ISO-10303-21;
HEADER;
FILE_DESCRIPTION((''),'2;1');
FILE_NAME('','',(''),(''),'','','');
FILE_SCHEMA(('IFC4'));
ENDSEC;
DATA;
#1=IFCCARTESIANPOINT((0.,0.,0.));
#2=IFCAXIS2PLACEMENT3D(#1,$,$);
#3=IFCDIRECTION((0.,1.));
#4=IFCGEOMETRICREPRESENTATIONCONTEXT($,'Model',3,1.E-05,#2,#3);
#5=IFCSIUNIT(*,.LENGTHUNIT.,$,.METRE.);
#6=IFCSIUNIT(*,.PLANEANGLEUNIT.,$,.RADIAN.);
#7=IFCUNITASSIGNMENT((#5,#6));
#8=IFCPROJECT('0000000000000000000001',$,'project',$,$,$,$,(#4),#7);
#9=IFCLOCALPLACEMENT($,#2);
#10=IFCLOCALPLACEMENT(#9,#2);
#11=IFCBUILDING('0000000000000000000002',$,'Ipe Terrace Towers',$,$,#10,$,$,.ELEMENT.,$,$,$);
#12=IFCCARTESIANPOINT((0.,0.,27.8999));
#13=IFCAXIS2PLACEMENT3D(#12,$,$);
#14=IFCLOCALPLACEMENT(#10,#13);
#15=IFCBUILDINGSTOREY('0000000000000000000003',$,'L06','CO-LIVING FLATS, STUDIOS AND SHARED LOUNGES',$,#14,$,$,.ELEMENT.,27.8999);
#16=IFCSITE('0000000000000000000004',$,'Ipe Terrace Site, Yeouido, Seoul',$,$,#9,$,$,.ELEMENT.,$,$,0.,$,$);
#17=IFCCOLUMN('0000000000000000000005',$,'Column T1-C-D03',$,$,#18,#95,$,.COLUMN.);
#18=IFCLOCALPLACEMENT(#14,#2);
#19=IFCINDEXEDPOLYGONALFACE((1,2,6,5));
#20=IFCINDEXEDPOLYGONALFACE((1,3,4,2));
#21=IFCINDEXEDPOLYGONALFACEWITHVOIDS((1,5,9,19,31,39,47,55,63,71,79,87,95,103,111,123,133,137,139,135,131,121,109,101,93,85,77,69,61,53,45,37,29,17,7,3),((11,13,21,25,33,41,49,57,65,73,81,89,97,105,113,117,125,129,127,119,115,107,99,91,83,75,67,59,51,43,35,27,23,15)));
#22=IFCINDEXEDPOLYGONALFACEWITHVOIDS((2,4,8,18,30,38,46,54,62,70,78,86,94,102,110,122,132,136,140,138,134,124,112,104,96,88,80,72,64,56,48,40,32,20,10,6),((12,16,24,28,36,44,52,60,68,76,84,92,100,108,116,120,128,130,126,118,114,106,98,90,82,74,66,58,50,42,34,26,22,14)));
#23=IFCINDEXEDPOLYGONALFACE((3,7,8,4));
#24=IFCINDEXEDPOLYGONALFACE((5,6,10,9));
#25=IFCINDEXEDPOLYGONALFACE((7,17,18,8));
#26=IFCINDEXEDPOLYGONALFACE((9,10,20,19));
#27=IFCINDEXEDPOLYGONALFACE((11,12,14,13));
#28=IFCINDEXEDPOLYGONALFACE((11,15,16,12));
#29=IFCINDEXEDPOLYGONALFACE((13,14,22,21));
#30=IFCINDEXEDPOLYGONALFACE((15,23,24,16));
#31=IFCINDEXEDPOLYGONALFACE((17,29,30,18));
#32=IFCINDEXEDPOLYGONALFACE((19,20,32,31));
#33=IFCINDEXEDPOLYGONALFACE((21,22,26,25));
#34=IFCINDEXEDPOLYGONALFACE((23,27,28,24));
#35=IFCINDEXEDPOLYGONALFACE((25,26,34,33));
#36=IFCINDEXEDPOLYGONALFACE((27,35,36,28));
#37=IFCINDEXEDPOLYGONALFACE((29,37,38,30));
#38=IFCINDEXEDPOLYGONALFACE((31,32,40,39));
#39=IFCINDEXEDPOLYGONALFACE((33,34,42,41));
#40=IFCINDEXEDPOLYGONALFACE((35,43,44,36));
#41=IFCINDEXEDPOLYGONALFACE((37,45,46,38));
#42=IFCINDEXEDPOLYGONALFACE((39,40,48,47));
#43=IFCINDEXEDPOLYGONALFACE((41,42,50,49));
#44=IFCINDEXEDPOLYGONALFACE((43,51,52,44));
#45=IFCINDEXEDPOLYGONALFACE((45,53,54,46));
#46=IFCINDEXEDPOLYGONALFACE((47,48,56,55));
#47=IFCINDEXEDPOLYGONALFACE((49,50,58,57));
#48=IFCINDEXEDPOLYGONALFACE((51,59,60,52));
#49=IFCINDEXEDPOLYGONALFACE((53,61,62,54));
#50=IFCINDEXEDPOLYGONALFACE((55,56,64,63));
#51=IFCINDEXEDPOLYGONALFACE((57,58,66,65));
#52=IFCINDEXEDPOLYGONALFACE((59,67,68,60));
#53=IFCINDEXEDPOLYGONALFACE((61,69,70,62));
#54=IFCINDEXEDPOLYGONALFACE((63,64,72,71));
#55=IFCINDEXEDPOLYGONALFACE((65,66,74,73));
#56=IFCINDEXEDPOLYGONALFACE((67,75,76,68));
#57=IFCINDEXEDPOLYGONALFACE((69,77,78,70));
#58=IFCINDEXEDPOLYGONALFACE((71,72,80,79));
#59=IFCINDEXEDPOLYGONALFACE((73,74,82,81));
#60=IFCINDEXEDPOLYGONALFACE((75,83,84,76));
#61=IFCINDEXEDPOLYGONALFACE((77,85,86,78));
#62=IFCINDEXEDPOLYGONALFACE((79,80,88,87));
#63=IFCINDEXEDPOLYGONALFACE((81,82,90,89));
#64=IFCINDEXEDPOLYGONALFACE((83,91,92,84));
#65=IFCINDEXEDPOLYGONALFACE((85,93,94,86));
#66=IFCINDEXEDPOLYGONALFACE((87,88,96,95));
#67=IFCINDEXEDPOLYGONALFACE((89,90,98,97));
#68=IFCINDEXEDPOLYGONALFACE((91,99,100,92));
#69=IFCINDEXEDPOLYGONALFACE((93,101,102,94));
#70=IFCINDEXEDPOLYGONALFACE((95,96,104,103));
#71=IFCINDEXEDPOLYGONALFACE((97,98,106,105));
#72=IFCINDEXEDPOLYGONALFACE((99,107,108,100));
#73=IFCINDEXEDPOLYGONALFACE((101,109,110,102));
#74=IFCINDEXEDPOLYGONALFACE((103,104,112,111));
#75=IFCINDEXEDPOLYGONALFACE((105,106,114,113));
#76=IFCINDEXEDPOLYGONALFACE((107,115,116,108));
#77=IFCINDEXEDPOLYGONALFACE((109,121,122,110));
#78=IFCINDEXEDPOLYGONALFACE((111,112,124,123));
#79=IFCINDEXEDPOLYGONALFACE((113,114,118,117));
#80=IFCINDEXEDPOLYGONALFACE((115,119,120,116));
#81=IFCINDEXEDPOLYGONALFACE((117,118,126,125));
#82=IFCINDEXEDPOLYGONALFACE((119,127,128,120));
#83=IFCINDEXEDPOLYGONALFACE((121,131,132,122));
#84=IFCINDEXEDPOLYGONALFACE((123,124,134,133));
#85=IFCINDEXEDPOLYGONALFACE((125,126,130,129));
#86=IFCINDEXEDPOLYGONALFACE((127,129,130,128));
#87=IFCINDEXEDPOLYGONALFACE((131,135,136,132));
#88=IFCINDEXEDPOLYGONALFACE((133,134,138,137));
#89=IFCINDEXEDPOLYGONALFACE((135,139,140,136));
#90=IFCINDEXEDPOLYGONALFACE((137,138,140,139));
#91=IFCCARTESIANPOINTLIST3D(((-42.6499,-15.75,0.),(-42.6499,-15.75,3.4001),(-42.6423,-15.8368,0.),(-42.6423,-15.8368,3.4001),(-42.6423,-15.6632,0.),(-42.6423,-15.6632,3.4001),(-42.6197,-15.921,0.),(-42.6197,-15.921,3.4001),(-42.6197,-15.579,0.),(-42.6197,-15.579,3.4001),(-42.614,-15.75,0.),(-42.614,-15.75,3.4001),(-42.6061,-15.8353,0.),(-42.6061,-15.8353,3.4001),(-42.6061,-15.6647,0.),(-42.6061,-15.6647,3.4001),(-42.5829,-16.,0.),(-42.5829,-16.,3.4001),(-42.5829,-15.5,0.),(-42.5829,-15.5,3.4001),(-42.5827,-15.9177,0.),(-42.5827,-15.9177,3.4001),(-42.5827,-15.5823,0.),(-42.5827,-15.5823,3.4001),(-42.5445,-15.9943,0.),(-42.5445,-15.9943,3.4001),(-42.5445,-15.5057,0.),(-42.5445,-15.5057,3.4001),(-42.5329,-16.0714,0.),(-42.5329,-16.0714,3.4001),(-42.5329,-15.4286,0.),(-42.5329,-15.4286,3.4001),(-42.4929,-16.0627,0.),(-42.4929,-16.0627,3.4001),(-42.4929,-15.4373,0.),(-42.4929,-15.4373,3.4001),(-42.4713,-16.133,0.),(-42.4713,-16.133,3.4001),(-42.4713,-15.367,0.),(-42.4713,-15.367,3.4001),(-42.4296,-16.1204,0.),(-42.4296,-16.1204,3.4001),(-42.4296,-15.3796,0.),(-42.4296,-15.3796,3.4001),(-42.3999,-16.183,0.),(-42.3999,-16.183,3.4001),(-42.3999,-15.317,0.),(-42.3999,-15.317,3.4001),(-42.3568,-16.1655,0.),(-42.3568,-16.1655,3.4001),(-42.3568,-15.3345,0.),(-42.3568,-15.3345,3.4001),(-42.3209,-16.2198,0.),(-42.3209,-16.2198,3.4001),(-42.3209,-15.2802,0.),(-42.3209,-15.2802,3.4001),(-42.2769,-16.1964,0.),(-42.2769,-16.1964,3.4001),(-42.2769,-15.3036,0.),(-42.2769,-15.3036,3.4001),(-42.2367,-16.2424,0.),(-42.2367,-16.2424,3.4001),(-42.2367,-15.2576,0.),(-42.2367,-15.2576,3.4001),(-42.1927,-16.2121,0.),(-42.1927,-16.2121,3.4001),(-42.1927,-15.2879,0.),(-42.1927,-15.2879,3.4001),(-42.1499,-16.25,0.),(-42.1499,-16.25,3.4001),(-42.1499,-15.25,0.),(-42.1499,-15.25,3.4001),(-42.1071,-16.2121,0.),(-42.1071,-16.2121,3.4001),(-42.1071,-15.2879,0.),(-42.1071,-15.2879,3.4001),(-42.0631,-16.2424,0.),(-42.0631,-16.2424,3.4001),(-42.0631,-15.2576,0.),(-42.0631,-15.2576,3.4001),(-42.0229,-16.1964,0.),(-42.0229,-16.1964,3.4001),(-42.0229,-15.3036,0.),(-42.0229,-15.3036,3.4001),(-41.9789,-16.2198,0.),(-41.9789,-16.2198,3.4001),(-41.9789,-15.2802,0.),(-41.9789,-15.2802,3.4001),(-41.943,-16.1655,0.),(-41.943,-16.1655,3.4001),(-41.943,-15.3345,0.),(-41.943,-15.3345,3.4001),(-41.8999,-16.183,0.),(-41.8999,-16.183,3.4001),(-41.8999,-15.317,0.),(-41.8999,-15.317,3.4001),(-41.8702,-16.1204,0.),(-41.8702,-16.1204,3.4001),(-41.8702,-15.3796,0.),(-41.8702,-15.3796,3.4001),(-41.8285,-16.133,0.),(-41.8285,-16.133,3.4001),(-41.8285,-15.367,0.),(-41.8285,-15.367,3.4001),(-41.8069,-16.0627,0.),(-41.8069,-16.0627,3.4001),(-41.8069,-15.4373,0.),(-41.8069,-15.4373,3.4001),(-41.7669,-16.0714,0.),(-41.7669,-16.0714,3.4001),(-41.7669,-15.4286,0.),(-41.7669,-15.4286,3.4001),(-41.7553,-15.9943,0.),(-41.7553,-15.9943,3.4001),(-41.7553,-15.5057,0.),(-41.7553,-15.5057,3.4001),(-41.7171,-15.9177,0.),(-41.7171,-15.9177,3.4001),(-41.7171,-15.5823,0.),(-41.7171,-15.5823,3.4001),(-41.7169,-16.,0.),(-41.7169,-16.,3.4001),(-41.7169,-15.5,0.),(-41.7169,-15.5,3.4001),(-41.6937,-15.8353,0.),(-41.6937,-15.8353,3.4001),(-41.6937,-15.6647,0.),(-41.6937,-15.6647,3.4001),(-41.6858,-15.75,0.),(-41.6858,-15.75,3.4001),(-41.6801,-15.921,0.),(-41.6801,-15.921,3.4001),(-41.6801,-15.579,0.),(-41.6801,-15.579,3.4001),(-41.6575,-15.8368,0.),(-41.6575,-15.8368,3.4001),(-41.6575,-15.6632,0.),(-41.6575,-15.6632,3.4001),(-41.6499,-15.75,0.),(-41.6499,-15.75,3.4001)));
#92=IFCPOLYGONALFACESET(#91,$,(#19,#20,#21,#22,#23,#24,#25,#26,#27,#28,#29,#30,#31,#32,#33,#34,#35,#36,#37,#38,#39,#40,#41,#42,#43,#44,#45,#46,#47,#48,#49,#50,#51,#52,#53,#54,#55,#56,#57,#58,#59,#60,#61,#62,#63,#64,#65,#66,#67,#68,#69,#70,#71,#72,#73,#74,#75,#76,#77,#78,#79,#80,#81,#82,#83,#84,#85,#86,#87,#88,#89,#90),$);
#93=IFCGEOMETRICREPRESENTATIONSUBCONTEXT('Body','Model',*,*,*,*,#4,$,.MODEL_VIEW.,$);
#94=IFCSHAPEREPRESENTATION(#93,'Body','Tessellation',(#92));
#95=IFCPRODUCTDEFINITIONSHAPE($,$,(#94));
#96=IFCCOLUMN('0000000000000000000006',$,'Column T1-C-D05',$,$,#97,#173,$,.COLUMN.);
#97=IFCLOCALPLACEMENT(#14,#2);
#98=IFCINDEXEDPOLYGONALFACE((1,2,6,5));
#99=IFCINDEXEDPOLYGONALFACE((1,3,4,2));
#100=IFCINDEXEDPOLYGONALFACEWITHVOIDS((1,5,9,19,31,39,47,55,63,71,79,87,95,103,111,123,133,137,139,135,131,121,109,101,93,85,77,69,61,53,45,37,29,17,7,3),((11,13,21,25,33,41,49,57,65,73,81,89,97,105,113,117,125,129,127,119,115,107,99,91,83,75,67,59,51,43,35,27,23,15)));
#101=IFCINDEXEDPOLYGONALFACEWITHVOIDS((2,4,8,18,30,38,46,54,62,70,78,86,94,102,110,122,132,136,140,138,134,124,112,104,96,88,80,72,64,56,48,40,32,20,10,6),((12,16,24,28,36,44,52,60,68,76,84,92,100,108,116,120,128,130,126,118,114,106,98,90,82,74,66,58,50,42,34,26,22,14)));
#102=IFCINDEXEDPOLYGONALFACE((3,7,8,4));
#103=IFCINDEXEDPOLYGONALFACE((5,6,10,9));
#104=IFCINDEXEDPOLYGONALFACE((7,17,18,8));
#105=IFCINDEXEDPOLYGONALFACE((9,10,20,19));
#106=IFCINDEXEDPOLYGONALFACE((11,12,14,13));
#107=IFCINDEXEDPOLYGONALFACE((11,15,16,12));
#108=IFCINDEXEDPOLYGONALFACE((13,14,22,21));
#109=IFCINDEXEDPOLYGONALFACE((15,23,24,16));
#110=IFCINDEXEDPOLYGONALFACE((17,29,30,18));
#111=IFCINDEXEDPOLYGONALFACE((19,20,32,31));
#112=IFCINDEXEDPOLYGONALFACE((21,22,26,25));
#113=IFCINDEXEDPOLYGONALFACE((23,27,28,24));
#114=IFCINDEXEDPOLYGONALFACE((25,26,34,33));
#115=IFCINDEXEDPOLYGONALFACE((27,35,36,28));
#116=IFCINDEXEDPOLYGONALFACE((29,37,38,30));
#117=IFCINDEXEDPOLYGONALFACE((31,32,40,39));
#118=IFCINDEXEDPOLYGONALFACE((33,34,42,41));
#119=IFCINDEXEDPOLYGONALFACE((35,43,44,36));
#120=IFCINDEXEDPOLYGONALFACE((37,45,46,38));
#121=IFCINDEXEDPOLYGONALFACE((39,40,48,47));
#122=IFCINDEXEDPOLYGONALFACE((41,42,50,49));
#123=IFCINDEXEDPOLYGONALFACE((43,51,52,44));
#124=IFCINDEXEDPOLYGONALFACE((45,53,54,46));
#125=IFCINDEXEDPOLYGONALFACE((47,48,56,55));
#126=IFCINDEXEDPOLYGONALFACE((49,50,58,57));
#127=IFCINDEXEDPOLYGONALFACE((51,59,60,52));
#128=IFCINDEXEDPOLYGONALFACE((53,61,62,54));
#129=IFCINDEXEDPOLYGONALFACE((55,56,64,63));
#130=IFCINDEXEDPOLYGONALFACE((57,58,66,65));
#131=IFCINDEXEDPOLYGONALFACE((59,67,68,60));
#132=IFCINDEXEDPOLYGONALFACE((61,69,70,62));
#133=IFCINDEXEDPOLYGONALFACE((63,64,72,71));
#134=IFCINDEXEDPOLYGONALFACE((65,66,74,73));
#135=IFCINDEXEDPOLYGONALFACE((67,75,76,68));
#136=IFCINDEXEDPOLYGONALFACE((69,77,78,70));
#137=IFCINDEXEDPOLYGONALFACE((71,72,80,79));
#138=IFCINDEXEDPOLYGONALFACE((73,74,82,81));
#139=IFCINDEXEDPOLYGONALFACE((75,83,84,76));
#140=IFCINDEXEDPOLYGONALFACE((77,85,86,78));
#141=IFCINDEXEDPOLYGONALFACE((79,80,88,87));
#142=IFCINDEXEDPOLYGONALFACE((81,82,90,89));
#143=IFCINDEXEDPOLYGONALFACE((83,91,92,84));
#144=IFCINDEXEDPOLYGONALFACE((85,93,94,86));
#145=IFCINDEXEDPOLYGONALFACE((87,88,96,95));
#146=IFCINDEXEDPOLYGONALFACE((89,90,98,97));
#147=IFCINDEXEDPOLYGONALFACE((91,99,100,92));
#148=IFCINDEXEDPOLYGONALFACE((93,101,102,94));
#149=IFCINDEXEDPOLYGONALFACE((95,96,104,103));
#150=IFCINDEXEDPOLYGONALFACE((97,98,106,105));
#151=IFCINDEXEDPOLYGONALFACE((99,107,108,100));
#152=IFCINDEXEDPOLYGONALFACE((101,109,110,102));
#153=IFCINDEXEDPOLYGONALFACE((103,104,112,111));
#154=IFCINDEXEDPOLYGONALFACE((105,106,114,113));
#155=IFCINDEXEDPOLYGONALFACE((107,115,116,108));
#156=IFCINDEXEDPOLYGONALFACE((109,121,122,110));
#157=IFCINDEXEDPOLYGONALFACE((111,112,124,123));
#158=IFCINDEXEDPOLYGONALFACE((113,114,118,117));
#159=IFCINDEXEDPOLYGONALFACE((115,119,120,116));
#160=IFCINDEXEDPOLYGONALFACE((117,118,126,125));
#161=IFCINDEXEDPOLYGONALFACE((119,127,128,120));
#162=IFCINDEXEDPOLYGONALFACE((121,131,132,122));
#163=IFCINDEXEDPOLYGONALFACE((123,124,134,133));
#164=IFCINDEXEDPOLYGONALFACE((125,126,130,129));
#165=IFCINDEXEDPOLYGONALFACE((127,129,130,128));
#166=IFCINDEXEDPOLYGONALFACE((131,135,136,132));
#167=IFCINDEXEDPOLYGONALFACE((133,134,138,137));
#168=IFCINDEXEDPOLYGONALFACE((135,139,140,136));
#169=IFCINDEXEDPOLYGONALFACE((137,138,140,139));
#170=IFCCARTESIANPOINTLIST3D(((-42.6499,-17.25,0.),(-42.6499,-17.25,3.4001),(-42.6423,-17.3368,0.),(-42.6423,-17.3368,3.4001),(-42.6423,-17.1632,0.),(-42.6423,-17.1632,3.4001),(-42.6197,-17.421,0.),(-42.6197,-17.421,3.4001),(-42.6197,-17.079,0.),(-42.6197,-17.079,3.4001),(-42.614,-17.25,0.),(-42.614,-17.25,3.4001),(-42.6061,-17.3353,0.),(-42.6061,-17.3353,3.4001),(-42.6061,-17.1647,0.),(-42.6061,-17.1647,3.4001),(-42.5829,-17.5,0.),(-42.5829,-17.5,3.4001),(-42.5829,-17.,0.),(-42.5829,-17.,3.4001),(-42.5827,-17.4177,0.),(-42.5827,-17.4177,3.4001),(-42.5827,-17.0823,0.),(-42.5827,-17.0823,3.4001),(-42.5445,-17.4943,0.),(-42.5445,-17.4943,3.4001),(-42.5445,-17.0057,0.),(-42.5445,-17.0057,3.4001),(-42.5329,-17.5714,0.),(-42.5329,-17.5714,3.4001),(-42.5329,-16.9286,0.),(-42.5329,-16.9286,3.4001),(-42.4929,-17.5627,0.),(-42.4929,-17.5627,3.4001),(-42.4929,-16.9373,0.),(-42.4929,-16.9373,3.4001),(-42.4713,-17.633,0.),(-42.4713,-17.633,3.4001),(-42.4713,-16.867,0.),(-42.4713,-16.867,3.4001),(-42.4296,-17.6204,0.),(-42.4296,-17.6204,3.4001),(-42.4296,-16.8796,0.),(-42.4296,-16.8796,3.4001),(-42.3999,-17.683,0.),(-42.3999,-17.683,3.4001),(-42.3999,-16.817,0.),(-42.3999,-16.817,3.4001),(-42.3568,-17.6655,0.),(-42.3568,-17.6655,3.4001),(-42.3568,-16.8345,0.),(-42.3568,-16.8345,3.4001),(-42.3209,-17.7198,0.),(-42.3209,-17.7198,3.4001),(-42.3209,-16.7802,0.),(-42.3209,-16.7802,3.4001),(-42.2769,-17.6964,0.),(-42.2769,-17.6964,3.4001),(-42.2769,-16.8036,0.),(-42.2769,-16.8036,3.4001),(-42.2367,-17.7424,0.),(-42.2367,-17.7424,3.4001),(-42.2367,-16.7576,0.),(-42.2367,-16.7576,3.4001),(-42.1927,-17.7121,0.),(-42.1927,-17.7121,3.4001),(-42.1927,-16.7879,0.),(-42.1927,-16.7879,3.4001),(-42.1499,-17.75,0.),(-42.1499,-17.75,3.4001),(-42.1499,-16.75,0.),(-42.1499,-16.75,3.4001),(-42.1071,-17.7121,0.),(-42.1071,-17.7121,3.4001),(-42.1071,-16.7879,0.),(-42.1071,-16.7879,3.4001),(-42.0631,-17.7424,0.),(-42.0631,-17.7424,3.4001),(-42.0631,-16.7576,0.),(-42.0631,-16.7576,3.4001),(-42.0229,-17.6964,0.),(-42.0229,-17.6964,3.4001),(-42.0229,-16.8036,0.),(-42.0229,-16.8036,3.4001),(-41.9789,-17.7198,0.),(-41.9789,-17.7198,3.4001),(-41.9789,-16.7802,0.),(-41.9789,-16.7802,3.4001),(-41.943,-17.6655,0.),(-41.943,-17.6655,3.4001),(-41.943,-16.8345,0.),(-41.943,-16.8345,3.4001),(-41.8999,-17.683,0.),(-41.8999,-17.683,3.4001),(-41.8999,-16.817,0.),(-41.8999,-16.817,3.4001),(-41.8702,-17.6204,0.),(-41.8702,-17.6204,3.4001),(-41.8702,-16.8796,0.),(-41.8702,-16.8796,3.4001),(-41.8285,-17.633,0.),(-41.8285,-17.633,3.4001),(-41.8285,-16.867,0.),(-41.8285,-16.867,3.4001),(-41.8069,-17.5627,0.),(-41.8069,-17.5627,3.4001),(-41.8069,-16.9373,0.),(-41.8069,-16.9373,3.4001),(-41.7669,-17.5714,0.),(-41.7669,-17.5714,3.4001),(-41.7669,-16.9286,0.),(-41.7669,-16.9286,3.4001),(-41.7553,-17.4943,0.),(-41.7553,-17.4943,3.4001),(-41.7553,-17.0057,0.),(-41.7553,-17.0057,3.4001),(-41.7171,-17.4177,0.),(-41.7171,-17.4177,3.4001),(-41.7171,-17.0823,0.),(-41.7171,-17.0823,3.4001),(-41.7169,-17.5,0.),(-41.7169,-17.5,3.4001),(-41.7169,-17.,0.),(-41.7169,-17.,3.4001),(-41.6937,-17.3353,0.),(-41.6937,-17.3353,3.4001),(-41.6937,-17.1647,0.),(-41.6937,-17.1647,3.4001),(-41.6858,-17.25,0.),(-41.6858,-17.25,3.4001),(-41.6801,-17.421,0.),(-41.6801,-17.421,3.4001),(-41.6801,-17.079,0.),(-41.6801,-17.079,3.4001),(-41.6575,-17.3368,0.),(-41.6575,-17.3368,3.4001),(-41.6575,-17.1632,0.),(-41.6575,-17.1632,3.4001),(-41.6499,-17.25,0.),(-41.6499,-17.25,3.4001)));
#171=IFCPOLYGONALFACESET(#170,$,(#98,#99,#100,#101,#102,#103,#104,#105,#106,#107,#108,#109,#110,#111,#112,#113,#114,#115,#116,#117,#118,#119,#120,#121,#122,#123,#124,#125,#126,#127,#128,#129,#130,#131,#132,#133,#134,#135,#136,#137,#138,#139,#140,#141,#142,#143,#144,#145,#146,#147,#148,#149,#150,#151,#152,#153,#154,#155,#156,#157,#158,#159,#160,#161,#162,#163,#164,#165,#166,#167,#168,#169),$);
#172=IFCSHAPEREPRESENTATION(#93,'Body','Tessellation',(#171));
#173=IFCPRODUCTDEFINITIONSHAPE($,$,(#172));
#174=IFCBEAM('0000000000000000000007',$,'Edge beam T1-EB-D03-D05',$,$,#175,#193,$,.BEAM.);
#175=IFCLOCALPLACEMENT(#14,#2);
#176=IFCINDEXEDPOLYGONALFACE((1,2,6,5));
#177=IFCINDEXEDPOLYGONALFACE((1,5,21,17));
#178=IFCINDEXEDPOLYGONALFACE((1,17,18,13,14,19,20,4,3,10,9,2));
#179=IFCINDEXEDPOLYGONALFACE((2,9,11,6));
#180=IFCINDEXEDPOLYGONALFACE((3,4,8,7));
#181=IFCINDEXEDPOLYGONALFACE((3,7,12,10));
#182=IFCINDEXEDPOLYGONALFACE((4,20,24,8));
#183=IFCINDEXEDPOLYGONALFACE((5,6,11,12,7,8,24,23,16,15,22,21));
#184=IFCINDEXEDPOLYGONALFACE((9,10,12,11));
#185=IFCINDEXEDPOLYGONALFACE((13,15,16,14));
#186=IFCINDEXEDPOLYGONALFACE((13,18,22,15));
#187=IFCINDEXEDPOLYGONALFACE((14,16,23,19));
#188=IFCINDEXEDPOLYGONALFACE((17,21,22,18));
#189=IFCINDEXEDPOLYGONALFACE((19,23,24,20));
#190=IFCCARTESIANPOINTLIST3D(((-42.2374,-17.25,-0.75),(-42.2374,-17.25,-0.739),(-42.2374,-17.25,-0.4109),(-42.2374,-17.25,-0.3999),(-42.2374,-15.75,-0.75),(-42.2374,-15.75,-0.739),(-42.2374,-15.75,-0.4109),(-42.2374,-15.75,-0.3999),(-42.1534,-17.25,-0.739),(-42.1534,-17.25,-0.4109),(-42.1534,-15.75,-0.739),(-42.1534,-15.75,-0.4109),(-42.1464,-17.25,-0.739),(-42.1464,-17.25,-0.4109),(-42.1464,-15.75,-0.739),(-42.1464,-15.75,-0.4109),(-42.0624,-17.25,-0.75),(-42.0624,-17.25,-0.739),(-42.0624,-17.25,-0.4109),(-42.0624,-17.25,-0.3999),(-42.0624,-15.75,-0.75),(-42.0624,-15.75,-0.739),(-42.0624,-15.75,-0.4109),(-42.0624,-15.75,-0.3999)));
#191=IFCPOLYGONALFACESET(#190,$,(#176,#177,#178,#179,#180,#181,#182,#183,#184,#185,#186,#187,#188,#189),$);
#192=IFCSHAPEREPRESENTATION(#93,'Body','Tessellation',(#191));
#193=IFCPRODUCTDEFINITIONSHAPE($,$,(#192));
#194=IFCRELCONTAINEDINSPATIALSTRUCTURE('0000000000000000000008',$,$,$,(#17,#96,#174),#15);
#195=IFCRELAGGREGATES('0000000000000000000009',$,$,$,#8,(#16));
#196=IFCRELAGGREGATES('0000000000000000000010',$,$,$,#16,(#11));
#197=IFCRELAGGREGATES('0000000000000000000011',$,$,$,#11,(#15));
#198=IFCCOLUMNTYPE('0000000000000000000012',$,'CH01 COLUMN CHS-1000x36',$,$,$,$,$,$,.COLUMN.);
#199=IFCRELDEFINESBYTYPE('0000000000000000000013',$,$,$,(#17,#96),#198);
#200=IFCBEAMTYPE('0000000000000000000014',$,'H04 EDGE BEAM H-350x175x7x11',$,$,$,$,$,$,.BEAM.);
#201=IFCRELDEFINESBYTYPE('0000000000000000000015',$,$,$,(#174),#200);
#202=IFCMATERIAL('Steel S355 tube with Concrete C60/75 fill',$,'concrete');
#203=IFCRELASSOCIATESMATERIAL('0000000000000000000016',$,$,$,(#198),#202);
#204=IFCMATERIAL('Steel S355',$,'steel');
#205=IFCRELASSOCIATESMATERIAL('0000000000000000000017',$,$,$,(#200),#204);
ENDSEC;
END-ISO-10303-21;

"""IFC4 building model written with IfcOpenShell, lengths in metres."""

from ifc_helpers import new_model, si_unit, direction, frame, origin, origin_2d, place, context, subcontext, project, spatial, hollow_circle, i_section, extrude, material, material_profile, profile_set, type_object, element, save


model = new_model("IFC4")

# Units and contexts
model_context = context("Model", 3, precision=1e-05, world=origin(), true_north=direction((0.0, 1.0)))
body_context = subcontext(model_context, "Body", "Model", "MODEL_VIEW")
ifc_project = project(units=[si_unit("LENGTHUNIT", "METRE"), si_unit("PLANEANGLEUNIT", "RADIAN")], contexts=[model_context])

# Site, building, storey
site_placement = place(None, origin())
site = spatial("IfcSite", under=ifc_project, at=site_placement, Name="Ipe Terrace Site, Yeouido, Seoul", CompositionType="ELEMENT", RefElevation=0.0)
building_placement = place(site_placement, origin())
building = spatial("IfcBuilding", under=site, at=building_placement, Name="Ipe Terrace Towers", CompositionType="ELEMENT")
storey_placement = place(building_placement, frame((0.0, 0.0, 27.8999)))
storey = spatial("IfcBuildingStorey", under=building, at=storey_placement, Name="L06", Description="CO-LIVING FLATS, STUDIOS AND SHARED LOUNGES", CompositionType="ELEMENT", Elevation=27.8999)

# Columns
ifc_material_1 = material(Name="Steel S355 tube with Concrete C60/75 fill", Category="concrete")
ifc_material_profile_1 = material_profile(ifc_material_1, hollow_circle(Radius=0.5, WallThickness=0.0359, at=origin_2d()), Name="CHS-1000x36")
ifc_profile_set_1 = profile_set([ifc_material_profile_1], Name="Steel S355 tube with Concrete C60/75 fill")
column_type = type_object("IfcColumnType", Name="CH01 COLUMN CHS-1000x36", PredefinedType="COLUMN", material=ifc_profile_set_1)
for number, where, z_axis, x_axis, name in (
    (1, (-42.1499, -15.75, 0.0), (0.0, 0.0, 1.0), (1.0, 0.0, 0.0), "Column T1-C-D03"),
    (2, (-42.1499, -17.25, 0.0), (0.0, 0.0, 1.0), (1.0, 0.0, 0.0), "Column T1-C-D05"),
):
    element("IfcColumn", number, at=place(storey_placement, frame(where, z_axis=z_axis, x_axis=x_axis)), inside=storey, type_object=column_type, Name=name, PredefinedType="COLUMN", context=body_context, shape_type="SweptSolid", body=[
        extrude(hollow_circle(Radius=0.5, WallThickness=0.0359, at=origin_2d()), origin(), (0.0, 0.0, 1.0), 3.4001),
    ])

# Beam
ifc_material_2 = material(Name="Steel S355", Category="steel")
ifc_material_profile_2 = material_profile(ifc_material_2, i_section(OverallWidth=0.175, OverallDepth=0.3501, WebThickness=0.0071, FlangeThickness=0.011, at=origin_2d()), Name="H-350x175x7x11")
ifc_profile_set_2 = profile_set([ifc_material_profile_2], Name="Steel S355")
beam_type = type_object("IfcBeamType", Name="H04 EDGE BEAM H-350x175x7x11", PredefinedType="BEAM", material=ifc_profile_set_2)
beam_placement = place(storey_placement, frame((-42.1499, -15.75, -0.575), z_axis=(0.0, -1.0, 0.0), x_axis=(1.0, 0.0, 0.0)))
element("IfcBeam", 3, at=beam_placement, inside=storey, type_object=beam_type, Name="Edge beam T1-EB-D03-D05", PredefinedType="BEAM", context=body_context, shape_type="SweptSolid", body=[
    extrude(i_section(OverallWidth=0.175, OverallDepth=0.3501, WebThickness=0.0071, FlangeThickness=0.011, at=origin_2d()), origin(), (0.0, 0.0, 1.0), 1.5),
])

save(model, "model.ifc")
